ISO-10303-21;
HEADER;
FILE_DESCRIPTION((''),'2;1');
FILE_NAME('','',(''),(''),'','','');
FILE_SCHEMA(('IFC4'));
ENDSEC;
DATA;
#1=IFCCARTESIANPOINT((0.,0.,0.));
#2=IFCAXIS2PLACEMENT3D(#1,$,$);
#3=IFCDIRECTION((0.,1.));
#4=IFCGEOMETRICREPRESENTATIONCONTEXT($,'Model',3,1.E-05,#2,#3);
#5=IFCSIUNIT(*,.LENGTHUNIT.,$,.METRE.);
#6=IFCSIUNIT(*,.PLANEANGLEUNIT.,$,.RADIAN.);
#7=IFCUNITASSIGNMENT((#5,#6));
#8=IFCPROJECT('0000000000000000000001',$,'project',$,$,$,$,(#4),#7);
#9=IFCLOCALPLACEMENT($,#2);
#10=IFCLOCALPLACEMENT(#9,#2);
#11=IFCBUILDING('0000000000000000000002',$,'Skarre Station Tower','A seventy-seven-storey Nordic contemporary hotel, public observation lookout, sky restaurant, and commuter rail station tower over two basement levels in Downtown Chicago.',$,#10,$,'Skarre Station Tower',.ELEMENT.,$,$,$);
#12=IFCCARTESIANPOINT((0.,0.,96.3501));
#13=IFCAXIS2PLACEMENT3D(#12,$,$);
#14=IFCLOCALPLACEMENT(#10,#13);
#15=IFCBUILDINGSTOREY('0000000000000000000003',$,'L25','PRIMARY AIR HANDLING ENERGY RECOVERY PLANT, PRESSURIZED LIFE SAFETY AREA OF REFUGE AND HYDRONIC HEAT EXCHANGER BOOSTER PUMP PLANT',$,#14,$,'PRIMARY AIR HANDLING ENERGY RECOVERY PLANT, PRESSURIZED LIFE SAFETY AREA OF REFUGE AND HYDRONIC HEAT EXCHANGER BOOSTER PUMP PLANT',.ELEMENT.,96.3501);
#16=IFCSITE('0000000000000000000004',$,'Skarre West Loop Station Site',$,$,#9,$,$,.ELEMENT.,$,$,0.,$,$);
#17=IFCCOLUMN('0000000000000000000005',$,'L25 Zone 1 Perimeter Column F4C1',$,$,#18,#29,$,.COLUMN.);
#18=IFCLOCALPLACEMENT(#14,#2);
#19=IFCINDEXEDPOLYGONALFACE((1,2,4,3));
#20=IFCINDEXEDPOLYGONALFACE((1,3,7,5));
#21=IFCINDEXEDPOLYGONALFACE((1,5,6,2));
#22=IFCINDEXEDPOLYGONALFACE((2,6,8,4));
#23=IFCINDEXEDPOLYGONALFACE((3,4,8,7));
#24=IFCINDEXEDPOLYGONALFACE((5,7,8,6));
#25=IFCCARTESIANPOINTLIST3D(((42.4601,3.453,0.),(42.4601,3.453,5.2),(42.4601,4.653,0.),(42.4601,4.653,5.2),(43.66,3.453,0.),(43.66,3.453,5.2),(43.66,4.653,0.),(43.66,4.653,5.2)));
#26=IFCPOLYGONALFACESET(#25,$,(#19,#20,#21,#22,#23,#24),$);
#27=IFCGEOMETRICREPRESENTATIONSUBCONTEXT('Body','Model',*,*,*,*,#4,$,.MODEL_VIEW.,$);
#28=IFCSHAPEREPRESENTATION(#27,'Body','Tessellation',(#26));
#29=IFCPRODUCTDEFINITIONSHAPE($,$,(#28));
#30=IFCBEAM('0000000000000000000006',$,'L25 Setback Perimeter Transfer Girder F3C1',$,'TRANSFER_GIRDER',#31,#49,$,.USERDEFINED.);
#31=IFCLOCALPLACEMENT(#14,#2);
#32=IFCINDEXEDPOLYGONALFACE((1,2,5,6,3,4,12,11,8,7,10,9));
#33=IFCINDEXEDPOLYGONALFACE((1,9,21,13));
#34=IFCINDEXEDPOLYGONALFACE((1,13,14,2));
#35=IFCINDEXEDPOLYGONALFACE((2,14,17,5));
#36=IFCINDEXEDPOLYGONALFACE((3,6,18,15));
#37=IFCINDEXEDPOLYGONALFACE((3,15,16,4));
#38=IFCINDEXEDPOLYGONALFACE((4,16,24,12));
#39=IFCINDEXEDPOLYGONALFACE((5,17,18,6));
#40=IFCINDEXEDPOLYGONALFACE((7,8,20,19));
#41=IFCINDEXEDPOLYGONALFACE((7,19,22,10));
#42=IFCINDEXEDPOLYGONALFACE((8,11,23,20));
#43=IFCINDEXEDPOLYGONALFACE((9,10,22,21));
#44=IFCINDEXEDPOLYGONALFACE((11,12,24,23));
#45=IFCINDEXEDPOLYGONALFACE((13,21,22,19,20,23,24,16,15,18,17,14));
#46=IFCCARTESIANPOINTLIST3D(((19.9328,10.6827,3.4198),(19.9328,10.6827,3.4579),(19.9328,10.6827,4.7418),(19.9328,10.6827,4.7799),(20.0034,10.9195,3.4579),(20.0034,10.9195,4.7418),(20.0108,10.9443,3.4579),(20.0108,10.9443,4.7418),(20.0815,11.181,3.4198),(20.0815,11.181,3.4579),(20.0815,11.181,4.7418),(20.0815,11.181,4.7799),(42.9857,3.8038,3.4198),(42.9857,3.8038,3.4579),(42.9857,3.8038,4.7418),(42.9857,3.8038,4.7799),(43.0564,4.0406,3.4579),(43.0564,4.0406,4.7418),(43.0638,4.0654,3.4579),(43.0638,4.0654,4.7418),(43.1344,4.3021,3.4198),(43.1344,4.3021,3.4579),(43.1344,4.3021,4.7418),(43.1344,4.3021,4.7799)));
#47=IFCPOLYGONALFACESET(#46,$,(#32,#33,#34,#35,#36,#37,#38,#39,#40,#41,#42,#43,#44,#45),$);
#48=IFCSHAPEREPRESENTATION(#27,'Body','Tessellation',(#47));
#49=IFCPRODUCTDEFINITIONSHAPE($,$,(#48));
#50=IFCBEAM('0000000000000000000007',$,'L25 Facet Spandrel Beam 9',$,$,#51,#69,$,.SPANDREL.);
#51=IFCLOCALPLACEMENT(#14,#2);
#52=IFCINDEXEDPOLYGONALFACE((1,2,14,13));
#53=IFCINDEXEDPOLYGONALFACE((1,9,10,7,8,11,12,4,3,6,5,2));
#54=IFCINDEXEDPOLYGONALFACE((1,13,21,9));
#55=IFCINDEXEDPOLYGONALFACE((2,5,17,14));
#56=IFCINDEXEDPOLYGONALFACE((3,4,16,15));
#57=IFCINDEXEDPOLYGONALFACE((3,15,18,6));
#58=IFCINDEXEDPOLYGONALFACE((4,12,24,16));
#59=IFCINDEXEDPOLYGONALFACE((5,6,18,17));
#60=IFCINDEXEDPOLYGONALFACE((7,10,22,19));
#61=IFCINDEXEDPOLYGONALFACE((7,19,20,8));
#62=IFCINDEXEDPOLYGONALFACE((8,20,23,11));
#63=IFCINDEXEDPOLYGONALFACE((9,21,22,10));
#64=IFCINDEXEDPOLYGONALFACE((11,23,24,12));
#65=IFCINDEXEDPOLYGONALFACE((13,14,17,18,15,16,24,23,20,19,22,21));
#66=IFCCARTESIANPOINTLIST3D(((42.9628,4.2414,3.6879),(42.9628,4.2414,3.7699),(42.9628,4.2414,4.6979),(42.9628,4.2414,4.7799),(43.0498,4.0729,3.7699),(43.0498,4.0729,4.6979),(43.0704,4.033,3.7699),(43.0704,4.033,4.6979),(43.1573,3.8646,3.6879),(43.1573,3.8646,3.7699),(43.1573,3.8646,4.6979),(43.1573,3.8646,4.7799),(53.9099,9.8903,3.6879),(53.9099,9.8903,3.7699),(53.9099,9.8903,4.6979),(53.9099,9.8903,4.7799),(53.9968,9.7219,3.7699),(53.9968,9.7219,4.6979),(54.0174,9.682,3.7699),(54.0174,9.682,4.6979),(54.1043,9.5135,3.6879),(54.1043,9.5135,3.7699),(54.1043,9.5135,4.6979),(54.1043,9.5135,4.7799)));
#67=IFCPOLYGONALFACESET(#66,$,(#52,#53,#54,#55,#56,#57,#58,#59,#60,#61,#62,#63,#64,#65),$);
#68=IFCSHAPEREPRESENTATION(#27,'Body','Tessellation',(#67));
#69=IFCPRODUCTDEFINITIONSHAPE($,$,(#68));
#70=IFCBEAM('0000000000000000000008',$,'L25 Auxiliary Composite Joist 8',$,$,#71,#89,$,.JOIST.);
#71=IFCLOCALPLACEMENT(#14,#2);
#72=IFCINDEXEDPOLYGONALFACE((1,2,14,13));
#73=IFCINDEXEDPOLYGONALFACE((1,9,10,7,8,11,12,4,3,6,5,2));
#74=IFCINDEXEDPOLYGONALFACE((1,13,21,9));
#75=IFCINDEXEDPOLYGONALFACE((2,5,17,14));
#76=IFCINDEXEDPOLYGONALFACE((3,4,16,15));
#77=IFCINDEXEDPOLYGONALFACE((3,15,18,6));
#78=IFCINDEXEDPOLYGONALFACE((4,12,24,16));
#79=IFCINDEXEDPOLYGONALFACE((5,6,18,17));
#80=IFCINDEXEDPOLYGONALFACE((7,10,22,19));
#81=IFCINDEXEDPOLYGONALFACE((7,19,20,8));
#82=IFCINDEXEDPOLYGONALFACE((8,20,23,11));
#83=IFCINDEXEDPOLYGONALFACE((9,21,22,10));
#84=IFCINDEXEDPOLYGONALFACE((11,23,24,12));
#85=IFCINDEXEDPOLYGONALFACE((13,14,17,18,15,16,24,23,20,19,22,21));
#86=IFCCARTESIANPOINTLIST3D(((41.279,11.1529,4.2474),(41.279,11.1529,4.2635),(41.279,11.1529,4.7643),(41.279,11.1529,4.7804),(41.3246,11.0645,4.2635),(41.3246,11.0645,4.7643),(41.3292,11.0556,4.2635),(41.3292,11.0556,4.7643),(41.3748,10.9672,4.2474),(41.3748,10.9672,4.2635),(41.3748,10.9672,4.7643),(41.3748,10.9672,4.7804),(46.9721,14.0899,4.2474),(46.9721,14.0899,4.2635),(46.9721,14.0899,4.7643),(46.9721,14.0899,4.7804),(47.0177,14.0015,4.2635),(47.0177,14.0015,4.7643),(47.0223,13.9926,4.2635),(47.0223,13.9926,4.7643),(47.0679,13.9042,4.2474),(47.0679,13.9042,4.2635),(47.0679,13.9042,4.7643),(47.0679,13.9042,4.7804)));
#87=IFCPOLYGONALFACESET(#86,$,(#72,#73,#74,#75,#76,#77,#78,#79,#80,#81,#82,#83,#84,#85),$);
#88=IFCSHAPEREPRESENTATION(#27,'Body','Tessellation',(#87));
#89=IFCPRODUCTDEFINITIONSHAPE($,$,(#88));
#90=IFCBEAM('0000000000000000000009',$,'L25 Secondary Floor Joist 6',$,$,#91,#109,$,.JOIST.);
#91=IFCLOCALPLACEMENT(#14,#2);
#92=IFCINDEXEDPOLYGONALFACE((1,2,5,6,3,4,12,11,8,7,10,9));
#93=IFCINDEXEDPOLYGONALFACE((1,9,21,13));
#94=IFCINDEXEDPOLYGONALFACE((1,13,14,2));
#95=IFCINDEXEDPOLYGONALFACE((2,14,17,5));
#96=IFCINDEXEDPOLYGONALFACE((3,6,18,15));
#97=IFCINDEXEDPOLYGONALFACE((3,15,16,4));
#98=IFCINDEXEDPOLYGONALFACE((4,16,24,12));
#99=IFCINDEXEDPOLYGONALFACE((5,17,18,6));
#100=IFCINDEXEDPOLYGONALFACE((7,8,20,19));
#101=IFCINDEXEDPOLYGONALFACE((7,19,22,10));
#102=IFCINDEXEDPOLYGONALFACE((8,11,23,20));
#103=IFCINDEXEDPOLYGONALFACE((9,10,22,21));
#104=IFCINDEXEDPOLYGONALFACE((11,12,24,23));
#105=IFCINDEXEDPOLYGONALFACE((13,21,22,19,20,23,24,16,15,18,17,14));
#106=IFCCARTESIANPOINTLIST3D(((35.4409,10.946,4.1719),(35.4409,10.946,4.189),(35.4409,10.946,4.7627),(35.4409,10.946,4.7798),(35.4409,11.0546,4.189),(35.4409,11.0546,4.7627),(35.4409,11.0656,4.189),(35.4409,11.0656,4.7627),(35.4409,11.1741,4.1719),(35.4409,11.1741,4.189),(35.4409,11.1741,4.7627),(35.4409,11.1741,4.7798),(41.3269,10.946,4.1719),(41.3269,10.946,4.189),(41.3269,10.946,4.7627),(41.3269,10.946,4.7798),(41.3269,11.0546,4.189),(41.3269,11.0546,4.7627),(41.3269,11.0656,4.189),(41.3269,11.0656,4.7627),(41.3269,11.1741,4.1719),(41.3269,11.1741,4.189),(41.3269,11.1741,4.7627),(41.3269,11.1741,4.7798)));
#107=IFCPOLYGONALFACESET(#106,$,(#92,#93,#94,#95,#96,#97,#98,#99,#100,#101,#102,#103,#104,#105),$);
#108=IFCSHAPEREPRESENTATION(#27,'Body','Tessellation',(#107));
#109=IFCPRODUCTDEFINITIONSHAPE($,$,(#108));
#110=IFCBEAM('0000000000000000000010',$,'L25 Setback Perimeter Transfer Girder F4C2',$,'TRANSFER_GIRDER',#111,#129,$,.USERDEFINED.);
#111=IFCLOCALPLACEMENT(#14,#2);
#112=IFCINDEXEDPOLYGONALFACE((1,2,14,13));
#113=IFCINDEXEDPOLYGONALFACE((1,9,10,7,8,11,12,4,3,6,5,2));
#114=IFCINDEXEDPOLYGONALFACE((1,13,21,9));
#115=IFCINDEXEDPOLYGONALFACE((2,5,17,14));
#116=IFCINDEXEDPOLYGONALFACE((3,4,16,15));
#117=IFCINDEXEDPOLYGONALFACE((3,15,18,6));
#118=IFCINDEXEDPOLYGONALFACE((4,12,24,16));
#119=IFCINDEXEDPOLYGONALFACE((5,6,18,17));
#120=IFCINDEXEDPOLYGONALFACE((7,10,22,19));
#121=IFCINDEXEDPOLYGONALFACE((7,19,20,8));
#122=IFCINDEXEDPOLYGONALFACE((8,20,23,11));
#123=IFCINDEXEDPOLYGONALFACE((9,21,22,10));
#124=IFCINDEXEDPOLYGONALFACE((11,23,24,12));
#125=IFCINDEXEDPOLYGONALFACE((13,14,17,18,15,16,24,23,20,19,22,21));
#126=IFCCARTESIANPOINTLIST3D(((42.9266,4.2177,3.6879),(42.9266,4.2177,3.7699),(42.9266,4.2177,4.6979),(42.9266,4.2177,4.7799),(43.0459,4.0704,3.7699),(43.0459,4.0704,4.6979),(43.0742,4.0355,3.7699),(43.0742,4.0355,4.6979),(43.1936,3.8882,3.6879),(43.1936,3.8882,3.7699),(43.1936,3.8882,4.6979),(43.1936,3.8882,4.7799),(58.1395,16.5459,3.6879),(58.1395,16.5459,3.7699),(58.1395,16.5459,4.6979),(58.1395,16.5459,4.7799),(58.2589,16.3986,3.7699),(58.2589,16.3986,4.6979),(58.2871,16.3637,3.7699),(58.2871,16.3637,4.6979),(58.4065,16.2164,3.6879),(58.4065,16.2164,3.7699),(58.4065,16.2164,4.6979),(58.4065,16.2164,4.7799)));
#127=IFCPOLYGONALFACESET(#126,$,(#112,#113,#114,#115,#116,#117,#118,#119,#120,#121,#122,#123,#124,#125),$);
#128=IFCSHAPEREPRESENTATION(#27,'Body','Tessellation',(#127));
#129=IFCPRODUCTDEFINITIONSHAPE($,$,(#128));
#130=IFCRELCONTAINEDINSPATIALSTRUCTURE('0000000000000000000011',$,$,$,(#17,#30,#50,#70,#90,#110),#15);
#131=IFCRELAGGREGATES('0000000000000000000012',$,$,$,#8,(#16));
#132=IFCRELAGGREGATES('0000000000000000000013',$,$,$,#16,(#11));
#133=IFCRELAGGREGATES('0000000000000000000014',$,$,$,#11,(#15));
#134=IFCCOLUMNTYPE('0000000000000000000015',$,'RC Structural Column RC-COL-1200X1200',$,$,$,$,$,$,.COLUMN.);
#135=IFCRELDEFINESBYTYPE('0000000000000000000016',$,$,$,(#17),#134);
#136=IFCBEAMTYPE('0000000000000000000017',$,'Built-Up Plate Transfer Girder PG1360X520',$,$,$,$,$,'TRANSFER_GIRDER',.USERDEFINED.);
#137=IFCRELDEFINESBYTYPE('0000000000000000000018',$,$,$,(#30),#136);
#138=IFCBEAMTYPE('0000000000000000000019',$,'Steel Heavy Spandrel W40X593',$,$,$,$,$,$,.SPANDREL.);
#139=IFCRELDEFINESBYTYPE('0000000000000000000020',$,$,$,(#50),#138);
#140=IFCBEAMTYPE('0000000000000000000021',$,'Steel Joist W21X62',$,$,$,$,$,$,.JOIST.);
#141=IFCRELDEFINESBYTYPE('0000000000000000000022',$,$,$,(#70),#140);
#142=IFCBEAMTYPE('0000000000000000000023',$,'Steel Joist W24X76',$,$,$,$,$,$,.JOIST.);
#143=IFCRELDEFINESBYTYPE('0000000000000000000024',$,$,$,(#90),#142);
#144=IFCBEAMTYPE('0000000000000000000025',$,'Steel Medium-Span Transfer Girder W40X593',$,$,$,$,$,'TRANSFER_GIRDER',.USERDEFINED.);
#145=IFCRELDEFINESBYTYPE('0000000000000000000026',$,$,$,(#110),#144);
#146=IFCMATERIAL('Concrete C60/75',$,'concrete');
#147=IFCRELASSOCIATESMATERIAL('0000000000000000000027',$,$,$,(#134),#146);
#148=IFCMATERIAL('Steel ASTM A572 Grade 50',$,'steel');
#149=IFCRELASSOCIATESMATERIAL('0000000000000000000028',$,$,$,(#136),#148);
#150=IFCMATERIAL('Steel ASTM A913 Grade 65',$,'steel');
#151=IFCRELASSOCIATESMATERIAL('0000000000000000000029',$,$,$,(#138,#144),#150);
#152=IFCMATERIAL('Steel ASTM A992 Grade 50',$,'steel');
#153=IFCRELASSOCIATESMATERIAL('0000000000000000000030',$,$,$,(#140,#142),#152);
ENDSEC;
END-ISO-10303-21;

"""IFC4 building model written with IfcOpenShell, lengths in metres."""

from ifc_helpers import new_model, si_unit, direction, frame, origin, origin_2d, place, context, subcontext, project, spatial, rectangle, i_section, extrude, material, material_profile, profile_set, type_object, element, save


model = new_model("IFC4")

# Units and contexts
model_context = context("Model", 3, precision=1e-05, world=origin(), true_north=direction((0.0, 1.0)))
body_context = subcontext(model_context, "Body", "Model", "MODEL_VIEW")
ifc_project = project(units=[si_unit("LENGTHUNIT", "METRE"), si_unit("PLANEANGLEUNIT", "RADIAN")], contexts=[model_context])

# Site, building, storey
site_placement = place(None, origin())
site = spatial("IfcSite", under=ifc_project, at=site_placement, Name="Skarre West Loop Station Site", CompositionType="ELEMENT", RefElevation=0.0)
building_placement = place(site_placement, origin())
building = spatial("IfcBuilding", under=site, at=building_placement, Name="Skarre Station Tower", Description="A seventy-seven-storey Nordic contemporary hotel, public observation lookout, sky restaurant, and commuter rail station tower over two basement levels in Downtown Chicago.", LongName="Skarre Station Tower", CompositionType="ELEMENT")
storey_placement = place(building_placement, frame((0.0, 0.0, 96.3501)))
storey = spatial("IfcBuildingStorey", under=building, at=storey_placement, Name="L25", Description="PRIMARY AIR HANDLING ENERGY RECOVERY PLANT, PRESSURIZED LIFE SAFETY AREA OF REFUGE AND HYDRONIC HEAT EXCHANGER BOOSTER PUMP PLANT", LongName="PRIMARY AIR HANDLING ENERGY RECOVERY PLANT, PRESSURIZED LIFE SAFETY AREA OF REFUGE AND HYDRONIC HEAT EXCHANGER BOOSTER PUMP PLANT", CompositionType="ELEMENT", Elevation=96.3501)

# Column
ifc_material_1 = material(Name="Concrete C60/75", Category="concrete")
ifc_material_profile_1 = material_profile(ifc_material_1, rectangle(XDim=1.2, YDim=1.2, at=origin_2d()), Name="Concrete C60/75")
ifc_profile_set_1 = profile_set([ifc_material_profile_1], Name="Concrete C60/75")
column_type = type_object("IfcColumnType", Name="RC Structural Column RC-COL-1200X1200", PredefinedType="COLUMN", material=ifc_profile_set_1)
column_placement = place(storey_placement, frame((43.0601, 4.053, 0.0), z_axis=(0.0, 0.0, 1.0), x_axis=(1.0, 0.0, 0.0)))
element("IfcColumn", 1, at=column_placement, inside=storey, type_object=column_type, Name="L25 Zone 1 Perimeter Column F4C1", PredefinedType="COLUMN", context=body_context, shape_type="SweptSolid", body=[
    extrude(rectangle(XDim=1.2, YDim=1.2, at=origin_2d()), origin(), (0.0, 0.0, 1.0), 5.2),
])

# Beams
ifc_material_2 = material(Name="Steel ASTM A572 Grade 50", Category="steel")
ifc_material_profile_2 = material_profile(ifc_material_2, i_section(OverallWidth=0.52, OverallDepth=1.3601, WebThickness=0.0259, FlangeThickness=0.0381, at=origin_2d()), Name="Steel ASTM A572 Grade 50")
ifc_profile_set_2 = profile_set([ifc_material_profile_2], Name="Steel ASTM A572 Grade 50")
beam_type_1 = type_object("IfcBeamType", Name="Built-Up Plate Transfer Girder PG1360X520", ElementType="TRANSFER_GIRDER", PredefinedType="USERDEFINED", material=ifc_profile_set_2)
beam_1_placement = place(storey_placement, frame((43.0601, 4.053, 4.0999), z_axis=(-0.958248, 0.285937, 0.0), x_axis=(-0.285937, -0.958248, 0.0)))
element("IfcBeam", 2, at=beam_1_placement, inside=storey, type_object=beam_type_1, Name="L25 Setback Perimeter Transfer Girder F3C1", ObjectType="TRANSFER_GIRDER", PredefinedType="USERDEFINED", context=body_context, shape_type="SweptSolid", body=[
    extrude(i_section(OverallWidth=0.52, OverallDepth=1.3601, WebThickness=0.0259, FlangeThickness=0.0381, at=origin_2d()), origin(), (0.0, 0.0, 1.0), 24.0574),
])
ifc_material_3 = material(Name="Steel ASTM A913 Grade 65", Category="steel")
ifc_material_profile_3 = material_profile(ifc_material_3, i_section(OverallWidth=0.4241, OverallDepth=1.092, WebThickness=0.0449, FlangeThickness=0.082, at=origin_2d()), Name="Steel ASTM A913 Grade 65")
ifc_profile_set_3 = profile_set([ifc_material_profile_3], Name="Steel ASTM A913 Grade 65")
beam_type_2 = type_object("IfcBeamType", Name="Steel Heavy Spandrel W40X593", PredefinedType="SPANDREL", material=ifc_profile_set_3)
beam_2_placement = place(storey_placement, frame((43.0601, 4.053, 4.2339), z_axis=(0.888659, 0.458569, 0.0), x_axis=(-0.458569, 0.888659, 0.0)))
element("IfcBeam", 3, at=beam_2_placement, inside=storey, type_object=beam_type_2, Name="L25 Facet Spandrel Beam 9", PredefinedType="SPANDREL", context=body_context, shape_type="SweptSolid", body=[
    extrude(i_section(OverallWidth=0.4241, OverallDepth=1.092, WebThickness=0.0449, FlangeThickness=0.082, at=origin_2d()), origin(), (0.0, 0.0, 1.0), 12.3186),
])
ifc_material_4 = material(Name="Steel ASTM A992 Grade 50", Category="steel")
ifc_material_profile_4 = material_profile(ifc_material_4, i_section(OverallWidth=0.209, OverallDepth=0.533, WebThickness=0.01, FlangeThickness=0.0161, at=origin_2d()), Name="Steel ASTM A992 Grade 50")
ifc_profile_set_4 = profile_set([ifc_material_profile_4], Name="Steel ASTM A992 Grade 50")
beam_type_3 = type_object("IfcBeamType", Name="Steel Joist W21X62", PredefinedType="JOIST", material=ifc_profile_set_4)
beam_3_placement = place(storey_placement, frame((41.3269, 11.0601, 4.5139), z_axis=(0.888708, 0.458474, 0.0), x_axis=(-0.458474, 0.888708, 0.0)))
element("IfcBeam", 4, at=beam_3_placement, inside=storey, type_object=beam_type_3, Name="L25 Auxiliary Composite Joist 8", PredefinedType="JOIST", context=body_context, shape_type="SweptSolid", body=[
    extrude(i_section(OverallWidth=0.209, OverallDepth=0.533, WebThickness=0.01, FlangeThickness=0.0161, at=origin_2d()), origin(), (0.0, 0.0, 1.0), 6.406),
])
ifc_material_profile_5 = material_profile(ifc_material_4, i_section(OverallWidth=0.228, OverallDepth=0.6079, WebThickness=0.011, FlangeThickness=0.0171, at=origin_2d()), Name="Steel ASTM A992 Grade 50")
ifc_profile_set_5 = profile_set([ifc_material_profile_5], Name="Steel ASTM A992 Grade 50")
beam_type_4 = type_object("IfcBeamType", Name="Steel Joist W24X76", PredefinedType="JOIST", material=ifc_profile_set_5)
beam_4_placement = place(storey_placement, frame((35.4409, 11.0601, 4.4758), z_axis=(1.0, 0.0, 0.0), x_axis=(0.0, 1.0, 0.0)))
element("IfcBeam", 5, at=beam_4_placement, inside=storey, type_object=beam_type_4, Name="L25 Secondary Floor Joist 6", PredefinedType="JOIST", context=body_context, shape_type="SweptSolid", body=[
    extrude(i_section(OverallWidth=0.228, OverallDepth=0.6079, WebThickness=0.011, FlangeThickness=0.0171, at=origin_2d()), origin(), (0.0, 0.0, 1.0), 5.886),
])
ifc_material_profile_6 = material_profile(ifc_material_3, i_section(OverallWidth=0.4241, OverallDepth=1.092, WebThickness=0.0449, FlangeThickness=0.082, at=origin_2d()), Name="Steel ASTM A913 Grade 65")
ifc_profile_set_6 = profile_set([ifc_material_profile_6], Name="Steel ASTM A913 Grade 65")
beam_type_5 = type_object("IfcBeamType", Name="Steel Medium-Span Transfer Girder W40X593", ElementType="TRANSFER_GIRDER", PredefinedType="USERDEFINED", material=ifc_profile_set_6)
beam_5_placement = place(storey_placement, frame((43.0601, 4.053, 4.2339), z_axis=(0.776922, 0.629597, 0.0), x_axis=(-0.629597, 0.776922, 0.0)))
element("IfcBeam", 6, at=beam_5_placement, inside=storey, type_object=beam_type_5, Name="L25 Setback Perimeter Transfer Girder F4C2", ObjectType="TRANSFER_GIRDER", PredefinedType="USERDEFINED", context=body_context, shape_type="SweptSolid", body=[
    extrude(i_section(OverallWidth=0.4241, OverallDepth=1.092, WebThickness=0.0449, FlangeThickness=0.082, at=origin_2d()), origin(), (0.0, 0.0, 1.0), 19.5811),
])

save(model, "model.ifc")
